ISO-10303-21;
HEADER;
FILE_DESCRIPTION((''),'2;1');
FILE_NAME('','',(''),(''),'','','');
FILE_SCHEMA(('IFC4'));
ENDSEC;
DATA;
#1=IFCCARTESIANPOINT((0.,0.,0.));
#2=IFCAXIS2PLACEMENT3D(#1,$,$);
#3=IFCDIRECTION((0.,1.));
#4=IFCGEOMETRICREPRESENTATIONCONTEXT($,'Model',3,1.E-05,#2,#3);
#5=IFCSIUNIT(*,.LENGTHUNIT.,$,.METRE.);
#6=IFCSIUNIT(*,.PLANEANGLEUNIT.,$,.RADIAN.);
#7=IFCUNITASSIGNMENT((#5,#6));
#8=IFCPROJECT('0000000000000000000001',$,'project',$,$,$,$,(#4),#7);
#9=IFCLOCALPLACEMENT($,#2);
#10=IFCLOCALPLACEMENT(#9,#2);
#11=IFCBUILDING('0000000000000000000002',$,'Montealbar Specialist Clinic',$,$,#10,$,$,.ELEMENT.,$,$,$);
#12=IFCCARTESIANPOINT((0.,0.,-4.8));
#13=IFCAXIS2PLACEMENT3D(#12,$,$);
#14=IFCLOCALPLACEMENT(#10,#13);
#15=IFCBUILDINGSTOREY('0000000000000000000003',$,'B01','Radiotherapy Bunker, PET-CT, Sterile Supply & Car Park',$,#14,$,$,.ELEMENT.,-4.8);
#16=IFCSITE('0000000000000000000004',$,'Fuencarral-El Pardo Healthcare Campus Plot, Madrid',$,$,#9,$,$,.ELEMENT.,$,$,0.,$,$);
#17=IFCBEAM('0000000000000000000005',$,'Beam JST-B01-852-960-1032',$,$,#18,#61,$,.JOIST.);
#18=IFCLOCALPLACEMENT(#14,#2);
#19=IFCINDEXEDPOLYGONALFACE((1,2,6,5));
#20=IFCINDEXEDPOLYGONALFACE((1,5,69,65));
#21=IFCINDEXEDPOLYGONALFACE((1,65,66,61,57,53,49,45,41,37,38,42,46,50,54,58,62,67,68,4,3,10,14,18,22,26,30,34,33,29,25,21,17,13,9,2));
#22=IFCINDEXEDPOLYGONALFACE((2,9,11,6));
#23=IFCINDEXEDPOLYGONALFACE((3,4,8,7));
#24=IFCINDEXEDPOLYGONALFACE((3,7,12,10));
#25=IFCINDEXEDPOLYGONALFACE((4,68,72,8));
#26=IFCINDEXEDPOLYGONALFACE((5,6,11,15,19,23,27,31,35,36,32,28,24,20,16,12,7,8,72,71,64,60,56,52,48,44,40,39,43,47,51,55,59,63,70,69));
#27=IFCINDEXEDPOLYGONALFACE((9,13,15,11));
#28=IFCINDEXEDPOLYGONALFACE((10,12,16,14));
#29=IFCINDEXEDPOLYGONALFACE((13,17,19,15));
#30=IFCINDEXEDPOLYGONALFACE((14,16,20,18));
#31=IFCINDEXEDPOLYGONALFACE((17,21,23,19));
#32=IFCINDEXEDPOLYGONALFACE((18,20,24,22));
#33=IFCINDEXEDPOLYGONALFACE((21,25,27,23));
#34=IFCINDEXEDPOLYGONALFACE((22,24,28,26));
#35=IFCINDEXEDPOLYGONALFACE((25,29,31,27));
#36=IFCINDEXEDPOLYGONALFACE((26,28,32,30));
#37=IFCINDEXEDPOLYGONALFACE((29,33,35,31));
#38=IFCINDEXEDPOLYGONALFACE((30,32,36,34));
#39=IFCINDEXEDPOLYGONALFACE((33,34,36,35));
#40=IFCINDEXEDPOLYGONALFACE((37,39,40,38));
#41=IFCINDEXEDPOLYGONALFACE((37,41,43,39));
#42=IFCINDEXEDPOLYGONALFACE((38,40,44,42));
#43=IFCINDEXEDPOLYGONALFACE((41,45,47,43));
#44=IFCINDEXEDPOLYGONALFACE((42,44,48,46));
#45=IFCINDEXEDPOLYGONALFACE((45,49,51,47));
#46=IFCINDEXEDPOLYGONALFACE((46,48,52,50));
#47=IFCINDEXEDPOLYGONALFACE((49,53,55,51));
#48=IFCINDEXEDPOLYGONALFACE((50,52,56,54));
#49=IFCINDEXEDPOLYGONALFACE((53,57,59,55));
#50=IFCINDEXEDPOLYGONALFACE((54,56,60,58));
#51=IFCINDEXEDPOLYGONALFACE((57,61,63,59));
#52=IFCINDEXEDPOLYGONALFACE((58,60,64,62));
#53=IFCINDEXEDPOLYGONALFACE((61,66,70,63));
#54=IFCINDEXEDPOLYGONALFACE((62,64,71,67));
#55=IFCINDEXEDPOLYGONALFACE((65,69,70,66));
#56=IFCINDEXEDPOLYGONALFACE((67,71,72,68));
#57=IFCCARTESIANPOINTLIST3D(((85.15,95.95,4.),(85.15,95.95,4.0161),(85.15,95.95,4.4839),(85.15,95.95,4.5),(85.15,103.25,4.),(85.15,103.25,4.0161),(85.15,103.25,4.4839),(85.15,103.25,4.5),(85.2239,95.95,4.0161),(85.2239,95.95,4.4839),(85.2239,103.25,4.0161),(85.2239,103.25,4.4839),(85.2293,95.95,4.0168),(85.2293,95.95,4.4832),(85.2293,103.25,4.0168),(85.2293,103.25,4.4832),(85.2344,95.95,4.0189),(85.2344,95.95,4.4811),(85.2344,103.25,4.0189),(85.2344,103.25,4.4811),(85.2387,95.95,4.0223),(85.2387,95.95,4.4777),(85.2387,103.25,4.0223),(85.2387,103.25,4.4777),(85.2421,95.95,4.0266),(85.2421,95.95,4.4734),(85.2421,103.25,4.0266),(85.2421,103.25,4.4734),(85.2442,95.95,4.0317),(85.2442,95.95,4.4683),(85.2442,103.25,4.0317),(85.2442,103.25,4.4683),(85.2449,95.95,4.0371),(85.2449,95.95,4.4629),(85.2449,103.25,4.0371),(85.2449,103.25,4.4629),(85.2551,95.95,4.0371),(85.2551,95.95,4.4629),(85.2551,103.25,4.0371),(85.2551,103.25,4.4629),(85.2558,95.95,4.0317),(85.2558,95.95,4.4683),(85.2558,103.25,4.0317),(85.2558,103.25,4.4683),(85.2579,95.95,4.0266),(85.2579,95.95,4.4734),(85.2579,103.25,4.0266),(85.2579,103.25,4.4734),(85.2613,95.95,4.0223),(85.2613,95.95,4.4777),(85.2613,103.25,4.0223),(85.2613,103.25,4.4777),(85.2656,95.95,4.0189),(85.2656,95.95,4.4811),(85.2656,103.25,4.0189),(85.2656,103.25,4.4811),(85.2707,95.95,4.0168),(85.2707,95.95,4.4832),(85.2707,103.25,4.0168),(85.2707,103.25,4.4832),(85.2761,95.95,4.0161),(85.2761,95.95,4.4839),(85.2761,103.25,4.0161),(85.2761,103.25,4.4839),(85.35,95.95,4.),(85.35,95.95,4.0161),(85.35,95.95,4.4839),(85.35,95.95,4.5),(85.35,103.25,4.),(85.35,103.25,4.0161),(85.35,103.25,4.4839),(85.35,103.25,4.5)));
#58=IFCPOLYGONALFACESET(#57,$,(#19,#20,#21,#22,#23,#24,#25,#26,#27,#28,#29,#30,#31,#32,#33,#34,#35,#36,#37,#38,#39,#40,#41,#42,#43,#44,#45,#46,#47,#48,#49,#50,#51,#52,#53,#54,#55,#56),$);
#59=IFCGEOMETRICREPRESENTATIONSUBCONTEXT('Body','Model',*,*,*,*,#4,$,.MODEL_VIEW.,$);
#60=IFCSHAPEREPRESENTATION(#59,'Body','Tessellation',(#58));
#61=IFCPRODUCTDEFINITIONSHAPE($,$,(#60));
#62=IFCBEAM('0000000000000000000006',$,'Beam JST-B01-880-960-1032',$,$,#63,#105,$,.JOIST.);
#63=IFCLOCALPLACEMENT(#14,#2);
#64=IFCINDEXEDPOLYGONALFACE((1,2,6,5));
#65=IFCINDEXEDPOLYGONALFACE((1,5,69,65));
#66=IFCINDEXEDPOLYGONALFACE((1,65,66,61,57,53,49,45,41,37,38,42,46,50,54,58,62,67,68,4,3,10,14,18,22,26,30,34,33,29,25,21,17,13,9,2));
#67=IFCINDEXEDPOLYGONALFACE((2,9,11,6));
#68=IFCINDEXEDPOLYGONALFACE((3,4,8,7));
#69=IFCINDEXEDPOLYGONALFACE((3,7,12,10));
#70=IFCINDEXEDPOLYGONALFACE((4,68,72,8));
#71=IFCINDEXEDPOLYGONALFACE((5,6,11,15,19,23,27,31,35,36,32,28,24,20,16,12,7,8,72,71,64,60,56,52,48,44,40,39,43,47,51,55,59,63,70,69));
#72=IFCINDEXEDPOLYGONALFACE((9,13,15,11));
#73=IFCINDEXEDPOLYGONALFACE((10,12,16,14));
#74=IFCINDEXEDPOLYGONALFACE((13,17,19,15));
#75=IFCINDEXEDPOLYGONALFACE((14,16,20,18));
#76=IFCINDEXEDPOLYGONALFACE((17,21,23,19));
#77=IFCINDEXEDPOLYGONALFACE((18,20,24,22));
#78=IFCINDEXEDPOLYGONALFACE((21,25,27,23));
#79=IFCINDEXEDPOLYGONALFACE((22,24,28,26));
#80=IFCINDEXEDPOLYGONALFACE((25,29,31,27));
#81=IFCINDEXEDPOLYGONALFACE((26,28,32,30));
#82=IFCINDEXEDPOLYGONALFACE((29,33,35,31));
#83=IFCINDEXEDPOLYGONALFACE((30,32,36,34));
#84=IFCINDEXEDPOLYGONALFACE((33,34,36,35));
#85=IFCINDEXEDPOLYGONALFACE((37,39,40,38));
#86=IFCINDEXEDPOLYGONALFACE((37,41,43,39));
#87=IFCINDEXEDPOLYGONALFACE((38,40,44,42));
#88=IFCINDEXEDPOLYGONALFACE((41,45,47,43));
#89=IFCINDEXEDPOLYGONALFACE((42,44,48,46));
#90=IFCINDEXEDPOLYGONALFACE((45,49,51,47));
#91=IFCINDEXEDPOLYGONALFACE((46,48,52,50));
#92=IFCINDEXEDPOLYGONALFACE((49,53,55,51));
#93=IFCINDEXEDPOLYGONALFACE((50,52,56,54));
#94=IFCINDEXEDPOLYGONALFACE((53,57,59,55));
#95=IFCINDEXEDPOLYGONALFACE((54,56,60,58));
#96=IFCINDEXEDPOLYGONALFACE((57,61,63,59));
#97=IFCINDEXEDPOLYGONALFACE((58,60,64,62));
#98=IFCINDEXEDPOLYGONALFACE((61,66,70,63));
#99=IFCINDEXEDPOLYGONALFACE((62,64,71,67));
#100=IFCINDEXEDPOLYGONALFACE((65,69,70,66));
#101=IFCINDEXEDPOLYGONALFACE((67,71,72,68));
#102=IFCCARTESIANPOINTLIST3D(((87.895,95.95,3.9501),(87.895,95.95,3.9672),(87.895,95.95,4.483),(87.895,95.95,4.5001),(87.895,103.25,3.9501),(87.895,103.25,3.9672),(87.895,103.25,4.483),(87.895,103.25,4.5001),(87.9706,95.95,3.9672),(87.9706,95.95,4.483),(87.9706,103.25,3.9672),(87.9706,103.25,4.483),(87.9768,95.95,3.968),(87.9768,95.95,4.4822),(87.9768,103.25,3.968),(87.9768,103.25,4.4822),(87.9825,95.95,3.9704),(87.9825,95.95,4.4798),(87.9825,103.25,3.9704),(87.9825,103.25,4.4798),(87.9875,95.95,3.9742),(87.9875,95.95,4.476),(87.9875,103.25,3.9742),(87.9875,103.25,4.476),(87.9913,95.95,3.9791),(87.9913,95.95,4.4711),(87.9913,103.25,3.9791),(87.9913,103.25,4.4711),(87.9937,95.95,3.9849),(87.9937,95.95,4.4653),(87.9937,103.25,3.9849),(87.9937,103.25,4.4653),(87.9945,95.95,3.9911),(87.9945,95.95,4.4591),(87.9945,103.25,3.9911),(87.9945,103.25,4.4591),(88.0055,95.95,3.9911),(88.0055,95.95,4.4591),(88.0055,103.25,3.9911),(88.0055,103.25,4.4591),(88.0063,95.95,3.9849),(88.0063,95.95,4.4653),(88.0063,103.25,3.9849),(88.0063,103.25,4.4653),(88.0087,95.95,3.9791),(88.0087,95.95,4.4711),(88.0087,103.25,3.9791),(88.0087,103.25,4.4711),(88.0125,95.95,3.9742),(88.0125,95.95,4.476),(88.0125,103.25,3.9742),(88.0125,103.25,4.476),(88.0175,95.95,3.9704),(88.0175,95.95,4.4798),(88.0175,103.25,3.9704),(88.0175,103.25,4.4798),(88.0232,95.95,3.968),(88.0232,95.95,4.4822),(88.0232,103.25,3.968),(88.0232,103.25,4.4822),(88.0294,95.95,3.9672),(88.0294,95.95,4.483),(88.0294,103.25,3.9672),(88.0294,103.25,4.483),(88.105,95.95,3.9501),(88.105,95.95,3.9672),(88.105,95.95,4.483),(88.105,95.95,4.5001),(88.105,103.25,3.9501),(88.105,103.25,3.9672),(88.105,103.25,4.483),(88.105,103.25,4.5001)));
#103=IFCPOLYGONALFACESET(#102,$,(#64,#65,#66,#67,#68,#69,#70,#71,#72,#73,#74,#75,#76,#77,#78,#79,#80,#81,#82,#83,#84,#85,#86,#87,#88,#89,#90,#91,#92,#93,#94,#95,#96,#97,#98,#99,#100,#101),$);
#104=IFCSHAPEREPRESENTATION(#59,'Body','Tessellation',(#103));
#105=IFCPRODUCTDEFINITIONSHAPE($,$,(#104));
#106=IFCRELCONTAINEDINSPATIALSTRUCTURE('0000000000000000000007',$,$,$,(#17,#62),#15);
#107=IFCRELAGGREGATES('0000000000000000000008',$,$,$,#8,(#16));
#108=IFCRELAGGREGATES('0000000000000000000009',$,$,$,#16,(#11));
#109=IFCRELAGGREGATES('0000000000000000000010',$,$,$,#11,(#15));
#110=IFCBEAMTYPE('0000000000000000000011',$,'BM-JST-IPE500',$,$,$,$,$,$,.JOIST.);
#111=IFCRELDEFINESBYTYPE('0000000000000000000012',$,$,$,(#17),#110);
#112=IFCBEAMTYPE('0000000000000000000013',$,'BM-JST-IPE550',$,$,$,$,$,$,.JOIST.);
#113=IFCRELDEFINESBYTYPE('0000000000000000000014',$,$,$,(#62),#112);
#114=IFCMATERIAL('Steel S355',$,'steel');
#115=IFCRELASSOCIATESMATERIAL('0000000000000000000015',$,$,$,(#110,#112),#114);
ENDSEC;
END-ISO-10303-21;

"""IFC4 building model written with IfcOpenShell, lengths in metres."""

from ifc_helpers import new_model, si_unit, direction, frame, origin, origin_2d, place, context, subcontext, project, spatial, i_section, extrude, material, material_profile, profile_set, type_object, element, save


model = new_model("IFC4")

# Units and contexts
model_context = context("Model", 3, precision=1e-05, world=origin(), true_north=direction((0.0, 1.0)))
body_context = subcontext(model_context, "Body", "Model", "MODEL_VIEW")
ifc_project = project(units=[si_unit("LENGTHUNIT", "METRE"), si_unit("PLANEANGLEUNIT", "RADIAN")], contexts=[model_context])

# Site, building, storey
site_placement = place(None, origin())
site = spatial("IfcSite", under=ifc_project, at=site_placement, Name="Fuencarral-El Pardo Healthcare Campus Plot, Madrid", CompositionType="ELEMENT", RefElevation=0.0)
building_placement = place(site_placement, origin())
building = spatial("IfcBuilding", under=site, at=building_placement, Name="Montealbar Specialist Clinic", CompositionType="ELEMENT")
storey_placement = place(building_placement, frame((0.0, 0.0, -4.8)))
storey = spatial("IfcBuildingStorey", under=building, at=storey_placement, Name="B01", Description="Radiotherapy Bunker, PET-CT, Sterile Supply & Car Park", CompositionType="ELEMENT", Elevation=-4.8)

# Shared definitions
ifc_material_1 = material(Name="Steel S355", Category="steel")

# Beams
ifc_material_profile_1 = material_profile(ifc_material_1, i_section(OverallWidth=0.2, OverallDepth=0.5, WebThickness=0.0103, FlangeThickness=0.0161, FilletRadius=0.021, at=origin_2d()), Name="IPE 500", Category="steel")
ifc_profile_set_1 = profile_set([ifc_material_profile_1], Name="Steel S355")
beam_type_1 = type_object("IfcBeamType", Name="BM-JST-IPE500", PredefinedType="JOIST", material=ifc_profile_set_1)
beam_1_placement = place(storey_placement, frame((85.25, 95.95, 4.25), z_axis=(0.0, 1.0, 0.0), x_axis=(-1.0, 0.0, 0.0)))
element("IfcBeam", 1, at=beam_1_placement, inside=storey, type_object=beam_type_1, Name="Beam JST-B01-852-960-1032", PredefinedType="JOIST", context=body_context, shape_type="SweptSolid", body=[
    extrude(i_section(OverallWidth=0.2, OverallDepth=0.5, WebThickness=0.0103, FlangeThickness=0.0161, FilletRadius=0.021, at=origin_2d()), origin(), (0.0, 0.0, 1.0), 7.3),
])
ifc_material_profile_2 = material_profile(ifc_material_1, i_section(OverallWidth=0.21, OverallDepth=0.55, WebThickness=0.011, FlangeThickness=0.0171, FilletRadius=0.0239, at=origin_2d()), Name="IPE 550", Category="steel")
ifc_profile_set_2 = profile_set([ifc_material_profile_2], Name="Steel S355")
beam_type_2 = type_object("IfcBeamType", Name="BM-JST-IPE550", PredefinedType="JOIST", material=ifc_profile_set_2)
beam_2_placement = place(storey_placement, frame((88.0, 95.95, 4.2251), z_axis=(0.0, 1.0, 0.0), x_axis=(-1.0, 0.0, 0.0)))
element("IfcBeam", 2, at=beam_2_placement, inside=storey, type_object=beam_type_2, Name="Beam JST-B01-880-960-1032", PredefinedType="JOIST", context=body_context, shape_type="SweptSolid", body=[
    extrude(i_section(OverallWidth=0.21, OverallDepth=0.55, WebThickness=0.011, FlangeThickness=0.0171, FilletRadius=0.0239, at=origin_2d()), origin(), (0.0, 0.0, 1.0), 7.3),
])

save(model, "model.ifc")
